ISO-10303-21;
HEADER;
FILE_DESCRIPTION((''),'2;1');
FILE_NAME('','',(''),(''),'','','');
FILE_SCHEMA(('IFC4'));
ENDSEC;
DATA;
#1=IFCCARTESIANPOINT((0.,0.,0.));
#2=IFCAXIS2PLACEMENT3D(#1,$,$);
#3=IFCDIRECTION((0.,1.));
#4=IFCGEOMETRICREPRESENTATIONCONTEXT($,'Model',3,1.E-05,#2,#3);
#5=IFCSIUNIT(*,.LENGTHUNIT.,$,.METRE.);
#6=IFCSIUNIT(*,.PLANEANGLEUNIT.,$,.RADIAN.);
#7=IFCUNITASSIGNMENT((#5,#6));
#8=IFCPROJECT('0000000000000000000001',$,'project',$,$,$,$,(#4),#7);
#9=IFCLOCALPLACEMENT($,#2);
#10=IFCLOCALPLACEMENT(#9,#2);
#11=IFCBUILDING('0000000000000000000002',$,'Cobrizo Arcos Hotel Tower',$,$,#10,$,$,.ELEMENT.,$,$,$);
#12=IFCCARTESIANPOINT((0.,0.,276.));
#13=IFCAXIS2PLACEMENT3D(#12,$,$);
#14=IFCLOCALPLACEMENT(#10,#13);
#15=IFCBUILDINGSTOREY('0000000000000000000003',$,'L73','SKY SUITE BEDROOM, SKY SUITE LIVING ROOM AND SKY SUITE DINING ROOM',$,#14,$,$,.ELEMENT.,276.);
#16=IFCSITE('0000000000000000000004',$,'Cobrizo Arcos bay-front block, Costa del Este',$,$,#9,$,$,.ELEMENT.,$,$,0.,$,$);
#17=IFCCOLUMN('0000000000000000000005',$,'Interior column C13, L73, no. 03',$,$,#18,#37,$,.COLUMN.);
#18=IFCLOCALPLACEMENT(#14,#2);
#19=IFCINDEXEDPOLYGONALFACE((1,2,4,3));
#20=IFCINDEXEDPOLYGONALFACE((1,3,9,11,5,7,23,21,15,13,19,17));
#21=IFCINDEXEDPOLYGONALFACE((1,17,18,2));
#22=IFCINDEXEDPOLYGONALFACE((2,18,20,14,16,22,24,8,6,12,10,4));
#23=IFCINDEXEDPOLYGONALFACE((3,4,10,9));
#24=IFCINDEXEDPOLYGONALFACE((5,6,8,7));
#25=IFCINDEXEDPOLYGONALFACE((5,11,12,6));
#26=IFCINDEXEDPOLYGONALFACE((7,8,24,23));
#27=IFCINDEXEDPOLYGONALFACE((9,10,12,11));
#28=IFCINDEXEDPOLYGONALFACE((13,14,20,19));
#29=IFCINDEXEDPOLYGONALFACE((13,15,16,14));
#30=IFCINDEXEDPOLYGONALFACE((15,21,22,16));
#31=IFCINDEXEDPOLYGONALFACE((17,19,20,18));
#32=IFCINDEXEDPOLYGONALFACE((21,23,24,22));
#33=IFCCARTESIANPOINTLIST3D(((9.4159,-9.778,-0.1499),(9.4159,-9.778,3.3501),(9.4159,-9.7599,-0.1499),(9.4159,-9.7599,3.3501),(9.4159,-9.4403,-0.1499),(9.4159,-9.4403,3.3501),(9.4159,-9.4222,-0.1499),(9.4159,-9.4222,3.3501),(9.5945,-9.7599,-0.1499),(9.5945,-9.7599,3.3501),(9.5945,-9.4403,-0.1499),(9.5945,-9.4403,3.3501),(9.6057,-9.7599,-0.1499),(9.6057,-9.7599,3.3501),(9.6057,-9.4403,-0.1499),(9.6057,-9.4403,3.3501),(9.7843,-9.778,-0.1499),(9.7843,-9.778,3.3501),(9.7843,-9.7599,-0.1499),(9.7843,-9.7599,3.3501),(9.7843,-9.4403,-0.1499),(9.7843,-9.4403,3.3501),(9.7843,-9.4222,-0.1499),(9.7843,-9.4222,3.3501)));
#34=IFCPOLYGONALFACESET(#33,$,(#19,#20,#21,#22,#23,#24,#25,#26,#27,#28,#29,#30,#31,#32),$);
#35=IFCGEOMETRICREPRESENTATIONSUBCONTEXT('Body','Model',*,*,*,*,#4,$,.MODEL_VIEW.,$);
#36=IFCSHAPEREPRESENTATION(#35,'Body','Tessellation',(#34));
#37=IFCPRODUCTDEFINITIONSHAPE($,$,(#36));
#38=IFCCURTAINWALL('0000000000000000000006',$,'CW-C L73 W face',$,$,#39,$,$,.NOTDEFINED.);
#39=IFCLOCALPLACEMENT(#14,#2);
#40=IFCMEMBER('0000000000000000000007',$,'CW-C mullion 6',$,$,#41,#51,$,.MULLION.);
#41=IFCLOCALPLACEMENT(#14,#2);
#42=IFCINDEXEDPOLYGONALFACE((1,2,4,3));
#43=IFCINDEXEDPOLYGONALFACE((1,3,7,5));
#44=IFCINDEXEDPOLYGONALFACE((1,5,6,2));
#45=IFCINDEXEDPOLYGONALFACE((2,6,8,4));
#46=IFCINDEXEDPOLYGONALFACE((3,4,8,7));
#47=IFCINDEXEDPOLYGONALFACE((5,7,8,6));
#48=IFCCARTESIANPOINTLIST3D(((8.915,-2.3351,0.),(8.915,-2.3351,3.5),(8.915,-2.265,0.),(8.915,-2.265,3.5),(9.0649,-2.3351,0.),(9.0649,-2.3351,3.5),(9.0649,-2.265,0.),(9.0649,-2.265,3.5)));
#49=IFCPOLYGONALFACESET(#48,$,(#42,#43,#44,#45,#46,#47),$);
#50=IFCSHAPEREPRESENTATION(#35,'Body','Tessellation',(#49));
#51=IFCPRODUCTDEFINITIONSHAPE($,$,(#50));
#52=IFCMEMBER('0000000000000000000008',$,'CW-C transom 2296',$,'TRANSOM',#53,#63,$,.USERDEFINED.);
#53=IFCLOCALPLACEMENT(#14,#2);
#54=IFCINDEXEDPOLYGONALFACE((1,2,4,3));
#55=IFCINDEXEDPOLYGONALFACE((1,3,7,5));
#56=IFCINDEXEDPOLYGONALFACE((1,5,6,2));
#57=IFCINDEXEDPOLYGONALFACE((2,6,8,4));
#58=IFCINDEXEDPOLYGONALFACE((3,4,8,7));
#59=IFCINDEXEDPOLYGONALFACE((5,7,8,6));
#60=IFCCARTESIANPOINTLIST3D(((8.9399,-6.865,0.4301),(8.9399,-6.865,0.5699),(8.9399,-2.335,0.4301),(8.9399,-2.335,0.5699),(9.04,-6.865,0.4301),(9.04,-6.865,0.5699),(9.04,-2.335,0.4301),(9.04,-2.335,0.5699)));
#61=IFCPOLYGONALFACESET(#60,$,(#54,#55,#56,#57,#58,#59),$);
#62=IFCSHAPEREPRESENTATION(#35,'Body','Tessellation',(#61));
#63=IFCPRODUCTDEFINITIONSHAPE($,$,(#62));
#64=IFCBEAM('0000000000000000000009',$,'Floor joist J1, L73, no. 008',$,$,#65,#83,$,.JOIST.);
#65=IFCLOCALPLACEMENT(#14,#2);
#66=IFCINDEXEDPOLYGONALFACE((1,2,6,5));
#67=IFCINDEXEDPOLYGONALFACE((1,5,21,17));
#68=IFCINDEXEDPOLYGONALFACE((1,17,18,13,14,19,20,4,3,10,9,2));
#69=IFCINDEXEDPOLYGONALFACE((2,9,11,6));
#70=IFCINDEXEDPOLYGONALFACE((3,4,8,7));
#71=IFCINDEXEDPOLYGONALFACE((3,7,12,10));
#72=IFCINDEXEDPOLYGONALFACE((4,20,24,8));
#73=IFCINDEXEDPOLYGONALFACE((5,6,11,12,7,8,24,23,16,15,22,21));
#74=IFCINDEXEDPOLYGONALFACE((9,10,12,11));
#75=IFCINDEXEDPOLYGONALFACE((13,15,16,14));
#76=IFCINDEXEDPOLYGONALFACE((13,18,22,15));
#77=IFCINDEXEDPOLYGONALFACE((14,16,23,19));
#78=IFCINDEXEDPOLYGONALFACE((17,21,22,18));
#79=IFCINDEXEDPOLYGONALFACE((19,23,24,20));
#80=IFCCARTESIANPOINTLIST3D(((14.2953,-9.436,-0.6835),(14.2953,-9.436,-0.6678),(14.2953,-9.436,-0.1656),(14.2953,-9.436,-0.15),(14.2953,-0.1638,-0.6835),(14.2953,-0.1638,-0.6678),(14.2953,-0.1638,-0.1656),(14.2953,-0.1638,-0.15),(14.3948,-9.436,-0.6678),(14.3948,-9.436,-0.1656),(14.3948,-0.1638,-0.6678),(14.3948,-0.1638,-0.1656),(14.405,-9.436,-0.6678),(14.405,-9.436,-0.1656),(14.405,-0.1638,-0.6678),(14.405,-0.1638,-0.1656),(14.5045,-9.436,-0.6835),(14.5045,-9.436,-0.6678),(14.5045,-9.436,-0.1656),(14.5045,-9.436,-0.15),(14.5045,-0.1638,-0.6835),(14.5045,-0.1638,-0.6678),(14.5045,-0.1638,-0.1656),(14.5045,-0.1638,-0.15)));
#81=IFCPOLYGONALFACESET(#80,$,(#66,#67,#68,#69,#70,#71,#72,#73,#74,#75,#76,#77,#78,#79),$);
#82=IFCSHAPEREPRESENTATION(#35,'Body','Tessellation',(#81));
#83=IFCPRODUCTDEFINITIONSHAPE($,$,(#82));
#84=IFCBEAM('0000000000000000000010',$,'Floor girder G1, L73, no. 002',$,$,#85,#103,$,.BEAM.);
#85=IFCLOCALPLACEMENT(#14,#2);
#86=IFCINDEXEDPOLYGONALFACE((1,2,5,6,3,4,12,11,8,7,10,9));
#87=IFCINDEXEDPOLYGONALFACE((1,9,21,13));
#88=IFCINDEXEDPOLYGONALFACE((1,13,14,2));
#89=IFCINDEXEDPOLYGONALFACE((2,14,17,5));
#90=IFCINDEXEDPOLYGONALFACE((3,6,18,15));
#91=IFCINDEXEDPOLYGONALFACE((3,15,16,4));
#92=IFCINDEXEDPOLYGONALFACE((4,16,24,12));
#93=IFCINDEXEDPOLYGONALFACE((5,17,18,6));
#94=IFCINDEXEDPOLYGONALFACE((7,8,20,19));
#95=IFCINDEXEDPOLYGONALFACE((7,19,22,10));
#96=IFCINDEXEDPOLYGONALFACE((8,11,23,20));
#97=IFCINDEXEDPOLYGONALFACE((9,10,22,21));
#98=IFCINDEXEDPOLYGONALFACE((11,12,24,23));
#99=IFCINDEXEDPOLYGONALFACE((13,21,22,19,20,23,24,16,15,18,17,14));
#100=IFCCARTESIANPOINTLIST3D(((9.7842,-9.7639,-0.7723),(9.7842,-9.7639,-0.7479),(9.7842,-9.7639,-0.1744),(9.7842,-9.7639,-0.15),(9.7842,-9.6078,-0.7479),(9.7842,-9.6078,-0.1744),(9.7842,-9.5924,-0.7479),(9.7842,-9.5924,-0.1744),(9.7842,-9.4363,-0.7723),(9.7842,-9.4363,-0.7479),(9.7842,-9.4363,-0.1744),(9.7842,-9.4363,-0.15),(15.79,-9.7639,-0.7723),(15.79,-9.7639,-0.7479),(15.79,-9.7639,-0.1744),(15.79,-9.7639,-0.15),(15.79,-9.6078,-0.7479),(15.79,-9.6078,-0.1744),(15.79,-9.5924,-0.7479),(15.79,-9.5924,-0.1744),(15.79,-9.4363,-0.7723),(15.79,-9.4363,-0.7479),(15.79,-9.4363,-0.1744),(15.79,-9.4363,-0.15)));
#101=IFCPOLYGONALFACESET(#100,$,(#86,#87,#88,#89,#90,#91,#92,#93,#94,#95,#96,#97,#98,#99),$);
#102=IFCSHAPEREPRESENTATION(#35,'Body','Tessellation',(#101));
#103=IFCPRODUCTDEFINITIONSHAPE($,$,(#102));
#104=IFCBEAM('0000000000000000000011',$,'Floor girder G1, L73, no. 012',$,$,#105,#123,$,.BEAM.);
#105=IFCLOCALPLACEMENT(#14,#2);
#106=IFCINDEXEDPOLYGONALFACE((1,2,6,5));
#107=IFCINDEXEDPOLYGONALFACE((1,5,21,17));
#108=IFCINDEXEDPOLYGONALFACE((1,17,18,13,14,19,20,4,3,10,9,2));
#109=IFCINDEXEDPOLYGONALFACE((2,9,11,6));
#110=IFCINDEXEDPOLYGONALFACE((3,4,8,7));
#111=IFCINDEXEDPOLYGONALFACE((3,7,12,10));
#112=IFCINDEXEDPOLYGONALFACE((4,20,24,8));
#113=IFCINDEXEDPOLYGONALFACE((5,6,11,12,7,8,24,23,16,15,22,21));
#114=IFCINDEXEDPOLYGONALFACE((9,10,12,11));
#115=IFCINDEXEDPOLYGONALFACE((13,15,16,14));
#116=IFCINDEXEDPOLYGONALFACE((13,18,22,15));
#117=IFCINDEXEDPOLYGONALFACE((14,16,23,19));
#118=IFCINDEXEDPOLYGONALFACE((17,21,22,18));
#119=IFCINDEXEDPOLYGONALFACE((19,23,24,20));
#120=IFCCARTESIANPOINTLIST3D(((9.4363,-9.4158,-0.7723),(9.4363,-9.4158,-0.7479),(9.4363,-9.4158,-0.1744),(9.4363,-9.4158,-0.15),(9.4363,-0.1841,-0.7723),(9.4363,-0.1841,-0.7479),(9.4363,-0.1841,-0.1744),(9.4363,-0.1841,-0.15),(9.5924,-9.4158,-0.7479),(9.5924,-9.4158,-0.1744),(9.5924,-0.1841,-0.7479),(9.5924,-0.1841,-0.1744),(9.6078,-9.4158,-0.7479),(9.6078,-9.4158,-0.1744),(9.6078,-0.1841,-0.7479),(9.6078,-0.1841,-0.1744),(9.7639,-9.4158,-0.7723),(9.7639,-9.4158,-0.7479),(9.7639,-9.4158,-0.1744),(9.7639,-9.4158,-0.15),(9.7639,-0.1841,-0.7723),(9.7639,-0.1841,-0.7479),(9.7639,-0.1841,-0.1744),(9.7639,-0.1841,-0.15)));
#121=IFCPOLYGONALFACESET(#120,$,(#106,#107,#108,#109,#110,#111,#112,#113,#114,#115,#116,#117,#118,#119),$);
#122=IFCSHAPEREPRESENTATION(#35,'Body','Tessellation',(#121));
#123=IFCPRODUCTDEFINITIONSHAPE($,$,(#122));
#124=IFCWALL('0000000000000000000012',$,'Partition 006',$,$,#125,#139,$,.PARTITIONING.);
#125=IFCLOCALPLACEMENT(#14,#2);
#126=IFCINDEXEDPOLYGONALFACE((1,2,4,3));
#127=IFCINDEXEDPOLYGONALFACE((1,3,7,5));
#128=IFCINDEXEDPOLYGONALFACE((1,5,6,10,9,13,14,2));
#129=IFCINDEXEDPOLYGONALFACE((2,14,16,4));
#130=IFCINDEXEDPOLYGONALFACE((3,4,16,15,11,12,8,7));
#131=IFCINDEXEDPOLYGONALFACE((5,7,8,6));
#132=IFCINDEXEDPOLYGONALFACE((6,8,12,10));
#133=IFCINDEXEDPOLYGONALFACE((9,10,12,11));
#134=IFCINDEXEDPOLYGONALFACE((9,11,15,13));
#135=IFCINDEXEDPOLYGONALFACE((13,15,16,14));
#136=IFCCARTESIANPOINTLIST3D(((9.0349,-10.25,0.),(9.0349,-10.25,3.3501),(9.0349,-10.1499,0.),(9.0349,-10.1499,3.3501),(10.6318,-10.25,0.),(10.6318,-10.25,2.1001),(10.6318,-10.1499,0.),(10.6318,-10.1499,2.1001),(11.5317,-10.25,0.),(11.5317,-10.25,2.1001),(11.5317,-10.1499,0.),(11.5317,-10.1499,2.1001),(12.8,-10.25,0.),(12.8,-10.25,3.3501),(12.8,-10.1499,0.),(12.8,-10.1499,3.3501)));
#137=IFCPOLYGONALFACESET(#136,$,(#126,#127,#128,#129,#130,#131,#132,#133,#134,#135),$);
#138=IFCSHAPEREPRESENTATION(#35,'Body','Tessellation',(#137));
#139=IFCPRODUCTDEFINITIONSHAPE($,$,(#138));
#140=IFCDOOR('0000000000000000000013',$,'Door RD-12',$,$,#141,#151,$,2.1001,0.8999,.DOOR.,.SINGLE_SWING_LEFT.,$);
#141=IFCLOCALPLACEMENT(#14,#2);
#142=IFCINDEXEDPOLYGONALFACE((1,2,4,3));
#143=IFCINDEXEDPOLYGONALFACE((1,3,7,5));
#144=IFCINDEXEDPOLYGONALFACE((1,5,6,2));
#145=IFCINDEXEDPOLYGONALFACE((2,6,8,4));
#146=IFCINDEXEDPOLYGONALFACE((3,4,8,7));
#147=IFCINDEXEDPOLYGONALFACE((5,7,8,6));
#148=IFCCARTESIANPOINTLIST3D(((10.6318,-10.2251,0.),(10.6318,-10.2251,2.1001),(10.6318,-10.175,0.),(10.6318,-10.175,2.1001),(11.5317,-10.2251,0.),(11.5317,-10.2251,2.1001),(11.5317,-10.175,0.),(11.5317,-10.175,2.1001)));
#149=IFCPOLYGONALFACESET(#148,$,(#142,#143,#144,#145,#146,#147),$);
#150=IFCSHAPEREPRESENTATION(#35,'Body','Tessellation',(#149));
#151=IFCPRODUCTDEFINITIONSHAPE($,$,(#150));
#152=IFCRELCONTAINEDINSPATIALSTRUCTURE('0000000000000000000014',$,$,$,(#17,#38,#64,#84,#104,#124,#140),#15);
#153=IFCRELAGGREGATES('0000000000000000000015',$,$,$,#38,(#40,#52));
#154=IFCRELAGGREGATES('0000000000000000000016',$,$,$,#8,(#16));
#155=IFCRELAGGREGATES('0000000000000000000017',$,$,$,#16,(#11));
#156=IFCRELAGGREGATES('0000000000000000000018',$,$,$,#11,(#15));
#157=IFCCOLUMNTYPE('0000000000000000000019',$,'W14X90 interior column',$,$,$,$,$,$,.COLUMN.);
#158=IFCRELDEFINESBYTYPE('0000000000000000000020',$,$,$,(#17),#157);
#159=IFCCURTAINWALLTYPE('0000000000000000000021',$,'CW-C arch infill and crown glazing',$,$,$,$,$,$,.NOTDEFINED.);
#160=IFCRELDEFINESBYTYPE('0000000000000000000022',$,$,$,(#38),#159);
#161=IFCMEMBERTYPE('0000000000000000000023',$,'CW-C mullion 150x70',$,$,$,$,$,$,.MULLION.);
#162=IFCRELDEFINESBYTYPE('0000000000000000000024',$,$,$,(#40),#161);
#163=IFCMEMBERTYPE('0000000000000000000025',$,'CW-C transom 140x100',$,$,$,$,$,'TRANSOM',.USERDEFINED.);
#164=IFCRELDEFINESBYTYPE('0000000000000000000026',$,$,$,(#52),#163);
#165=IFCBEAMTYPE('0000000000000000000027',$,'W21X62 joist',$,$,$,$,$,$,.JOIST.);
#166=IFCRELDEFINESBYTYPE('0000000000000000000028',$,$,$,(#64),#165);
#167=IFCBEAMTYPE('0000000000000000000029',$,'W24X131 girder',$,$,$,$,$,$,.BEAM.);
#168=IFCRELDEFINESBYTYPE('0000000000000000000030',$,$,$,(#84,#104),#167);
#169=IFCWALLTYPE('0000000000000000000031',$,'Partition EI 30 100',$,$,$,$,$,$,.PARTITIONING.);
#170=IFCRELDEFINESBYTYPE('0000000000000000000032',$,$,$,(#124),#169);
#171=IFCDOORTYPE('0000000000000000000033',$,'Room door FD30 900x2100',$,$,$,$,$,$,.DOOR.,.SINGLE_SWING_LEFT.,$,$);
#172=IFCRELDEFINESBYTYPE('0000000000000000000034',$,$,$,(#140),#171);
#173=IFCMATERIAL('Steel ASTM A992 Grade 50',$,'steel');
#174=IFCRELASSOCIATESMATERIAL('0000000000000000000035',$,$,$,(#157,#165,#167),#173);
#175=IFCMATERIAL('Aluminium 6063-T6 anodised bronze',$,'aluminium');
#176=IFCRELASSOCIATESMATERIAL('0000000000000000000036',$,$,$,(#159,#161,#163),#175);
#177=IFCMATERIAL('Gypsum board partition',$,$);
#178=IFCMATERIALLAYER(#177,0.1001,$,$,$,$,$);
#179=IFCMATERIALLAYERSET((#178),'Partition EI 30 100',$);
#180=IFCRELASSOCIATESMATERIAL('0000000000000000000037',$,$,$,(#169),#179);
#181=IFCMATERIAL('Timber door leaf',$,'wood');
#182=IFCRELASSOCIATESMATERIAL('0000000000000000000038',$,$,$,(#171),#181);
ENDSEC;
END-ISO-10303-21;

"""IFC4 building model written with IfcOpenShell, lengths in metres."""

from ifc_helpers import new_model, si_unit, direction, frame, frame_2d, origin, origin_2d, place, context, subcontext, project, spatial, rectangle, i_section, extrude, material, layer, layer_set, material_profile, profile_set, type_object, element, fill, aggregate, save


model = new_model("IFC4")

# Units and contexts
model_context = context("Model", 3, precision=1e-05, world=origin(), true_north=direction((0.0, 1.0)))
body_context = subcontext(model_context, "Body", "Model", "MODEL_VIEW")
ifc_project = project(units=[si_unit("LENGTHUNIT", "METRE"), si_unit("PLANEANGLEUNIT", "RADIAN")], contexts=[model_context])

# Site, building, storey
site_placement = place(None, origin())
site = spatial("IfcSite", under=ifc_project, at=site_placement, Name="Cobrizo Arcos bay-front block, Costa del Este", CompositionType="ELEMENT", RefElevation=0.0)
building_placement = place(site_placement, origin())
building = spatial("IfcBuilding", under=site, at=building_placement, Name="Cobrizo Arcos Hotel Tower", CompositionType="ELEMENT")
storey_placement = place(building_placement, frame((0.0, 0.0, 276.0)))
storey = spatial("IfcBuildingStorey", under=building, at=storey_placement, Name="L73", Description="SKY SUITE BEDROOM, SKY SUITE LIVING ROOM AND SKY SUITE DINING ROOM", CompositionType="ELEMENT", Elevation=276.0)

# Column
ifc_material_1 = material(Name="Steel ASTM A992 Grade 50", Category="steel")
ifc_material_profile_1 = material_profile(ifc_material_1, i_section(OverallWidth=0.3684, OverallDepth=0.3557, WebThickness=0.0112, FlangeThickness=0.0181, at=origin_2d()), Name="W14X90")
ifc_profile_set_1 = profile_set([ifc_material_profile_1], Name="Steel ASTM A992 Grade 50")
column_type = type_object("IfcColumnType", Name="W14X90 interior column", PredefinedType="COLUMN", material=ifc_profile_set_1)
column_placement = place(storey_placement, frame((9.6001, -9.6001, -0.1499), z_axis=(0.0, 0.0, 1.0), x_axis=(1.0, 0.0, 0.0)))
element("IfcColumn", 1, at=column_placement, inside=storey, type_object=column_type, Name="Interior column C13, L73, no. 03", PredefinedType="COLUMN", context=body_context, shape_type="SweptSolid", body=[
    extrude(i_section(OverallWidth=0.3684, OverallDepth=0.3557, WebThickness=0.0112, FlangeThickness=0.0181, at=origin_2d()), origin(), (0.0, 0.0, 1.0), 3.5),
])

# Curtain wall, members
ifc_material_2 = material(Name="Aluminium 6063-T6 anodised bronze", Category="aluminium")
curtain_wall_type = type_object("IfcCurtainWallType", Name="CW-C arch infill and crown glazing", PredefinedType="NOTDEFINED", material=ifc_material_2)
curtain_wall_placement = place(storey_placement, origin())
curtain_wall = element("IfcCurtainWall", 2, at=curtain_wall_placement, inside=storey, type_object=curtain_wall_type, Name="CW-C L73 W face", PredefinedType="NOTDEFINED")
ifc_material_profile_2 = material_profile(ifc_material_2, rectangle(XDim=0.1499, YDim=0.0701, at=origin_2d()), Name="CW-C mullion 150x70")
ifc_profile_set_2 = profile_set([ifc_material_profile_2], Name="Aluminium 6063-T6 anodised bronze")
member_type_1 = type_object("IfcMemberType", Name="CW-C mullion 150x70", PredefinedType="MULLION", material=ifc_profile_set_2)
member_1_placement = place(storey_placement, frame((8.99, -2.3, 0.0), z_axis=(0.0, 0.0, 1.0), x_axis=(-1.0, 0.0, 0.0)))
member_1 = element("IfcMember", 3, at=member_1_placement, type_object=member_type_1, Name="CW-C mullion 6", PredefinedType="MULLION", context=body_context, shape_type="SweptSolid", body=[
    extrude(rectangle(XDim=0.1499, YDim=0.0701, at=origin_2d()), origin(), (0.0, 0.0, 1.0), 3.5),
])
ifc_material_profile_3 = material_profile(ifc_material_2, rectangle(XDim=0.1001, YDim=0.1399, at=origin_2d()), Name="CW-C transom 140x100")
ifc_profile_set_3 = profile_set([ifc_material_profile_3], Name="Aluminium 6063-T6 anodised bronze")
member_type_2 = type_object("IfcMemberType", Name="CW-C transom 140x100", ElementType="TRANSOM", PredefinedType="USERDEFINED", material=ifc_profile_set_3)
member_2_placement = place(storey_placement, frame((8.99, -2.335, 0.5), z_axis=(0.0, -1.0, 0.0), x_axis=(1.0, 0.0, 0.0)))
member_2 = element("IfcMember", 4, at=member_2_placement, type_object=member_type_2, Name="CW-C transom 2296", ObjectType="TRANSOM", PredefinedType="USERDEFINED", context=body_context, shape_type="SweptSolid", body=[
    extrude(rectangle(XDim=0.1001, YDim=0.1399, at=origin_2d()), origin(), (0.0, 0.0, 1.0), 4.53),
])
aggregate(curtain_wall, [member_1, member_2])

# Beams
ifc_material_profile_4 = material_profile(ifc_material_1, i_section(OverallWidth=0.2092, OverallDepth=0.5334, WebThickness=0.0103, FlangeThickness=0.0156, at=origin_2d()), Name="W21X62")
ifc_profile_set_4 = profile_set([ifc_material_profile_4], Name="Steel ASTM A992 Grade 50")
beam_type_1 = type_object("IfcBeamType", Name="W21X62 joist", PredefinedType="JOIST", material=ifc_profile_set_4)
beam_1_placement = place(storey_placement, frame((14.3999, -9.436, -0.4167), z_axis=(0.0, 1.0, 0.0), x_axis=(-1.0, 0.0, 0.0)))
element("IfcBeam", 5, at=beam_1_placement, inside=storey, type_object=beam_type_1, Name="Floor joist J1, L73, no. 008", PredefinedType="JOIST", context=body_context, shape_type="SweptSolid", body=[
    extrude(i_section(OverallWidth=0.2092, OverallDepth=0.5334, WebThickness=0.0103, FlangeThickness=0.0156, at=origin_2d()), origin(), (0.0, 0.0, 1.0), 9.2722),
])
ifc_material_profile_5 = material_profile(ifc_material_1, i_section(OverallWidth=0.3276, OverallDepth=0.6223, WebThickness=0.0154, FlangeThickness=0.0244, at=origin_2d()), Name="W24X131")
ifc_profile_set_5 = profile_set([ifc_material_profile_5], Name="Steel ASTM A992 Grade 50")
beam_type_2 = type_object("IfcBeamType", Name="W24X131 girder", PredefinedType="BEAM", material=ifc_profile_set_5)
beam_2_placement = place(storey_placement, frame((9.7842, -9.6001, -0.4612), z_axis=(1.0, 0.0, 0.0), x_axis=(0.0, 1.0, 0.0)))
element("IfcBeam", 6, at=beam_2_placement, inside=storey, type_object=beam_type_2, Name="Floor girder G1, L73, no. 002", PredefinedType="BEAM", context=body_context, shape_type="SweptSolid", body=[
    extrude(i_section(OverallWidth=0.3276, OverallDepth=0.6223, WebThickness=0.0154, FlangeThickness=0.0244, at=origin_2d()), origin(), (0.0, 0.0, 1.0), 6.0059),
])
beam_3_placement = place(storey_placement, frame((9.6001, -9.4158, -0.4612), z_axis=(0.0, 1.0, 0.0), x_axis=(-1.0, 0.0, 0.0)))
element("IfcBeam", 7, at=beam_3_placement, inside=storey, type_object=beam_type_2, Name="Floor girder G1, L73, no. 012", PredefinedType="BEAM", context=body_context, shape_type="SweptSolid", body=[
    extrude(i_section(OverallWidth=0.3276, OverallDepth=0.6223, WebThickness=0.0154, FlangeThickness=0.0244, at=origin_2d()), origin(), (0.0, 0.0, 1.0), 9.2317),
])

# Wall, opening, door
ifc_material_3 = material(Name="Gypsum board partition")
ifc_layer_1 = layer(ifc_material_3, 0.1001)
ifc_layer_set_1 = layer_set([ifc_layer_1], Name="Partition EI 30 100")
wall_type_1 = type_object("IfcWallType", Name="Partition EI 30 100", PredefinedType="PARTITIONING", material=ifc_layer_set_1)
wall_1_placement = place(storey_placement, frame((9.0349, -10.2, 0.0), z_axis=(0.0, 0.0, 1.0), x_axis=(1.0, 0.0, 0.0)))
wall_1 = element("IfcWall", 8, at=wall_1_placement, inside=storey, type_object=wall_type_1, Name="Partition 006", PredefinedType="PARTITIONING", context=body_context, shape_type="SweptSolid", body=[
    extrude(rectangle(XDim=3.7651, YDim=0.1001, at=frame_2d((1.8826, 0.0))), origin(), (0.0, 0.0, 1.0), 3.3501),
])
opening_1_placement = place(wall_1_placement, frame((1.5969, 0.0, 0.0)))
opening_1 = element("IfcOpeningElement", 9, at=opening_1_placement, cuts=wall_1, PredefinedType="OPENING", context=body_context, shape_type="SweptSolid", body=[
    extrude(rectangle(XDim=0.8999, YDim=2.1001, at=frame_2d((0.45, 1.05))), frame((0.0, 0.062, 0.0), z_axis=(0.0, -1.0, 0.0), x_axis=(1.0, 0.0, 0.0)), (0.0, 0.0, 1.0), 0.124),
])
ifc_material_4 = material(Name="Timber door leaf", Category="wood")
door_type_1 = type_object("IfcDoorType", Name="Room door FD30 900x2100", OperationType="SINGLE_SWING_LEFT", PredefinedType="DOOR", material=ifc_material_4)
door_1_placement = place(opening_1_placement, origin())
door_1 = element("IfcDoor", 10, at=door_1_placement, inside=storey, type_object=door_type_1, Name="Door RD-12", OperationType="SINGLE_SWING_LEFT", OverallHeight=2.1001, OverallWidth=0.8999, PredefinedType="DOOR", context=body_context, shape_type="SweptSolid", body=[
    extrude(rectangle(XDim=0.8999, YDim=2.1001, at=frame_2d((0.45, 1.05))), frame((0.0, 0.0249, 0.0), z_axis=(0.0, -1.0, 0.0), x_axis=(1.0, 0.0, 0.0)), (0.0, 0.0, 1.0), 0.05),
])
fill(opening_1, door_1)

save(model, "model.ifc")
